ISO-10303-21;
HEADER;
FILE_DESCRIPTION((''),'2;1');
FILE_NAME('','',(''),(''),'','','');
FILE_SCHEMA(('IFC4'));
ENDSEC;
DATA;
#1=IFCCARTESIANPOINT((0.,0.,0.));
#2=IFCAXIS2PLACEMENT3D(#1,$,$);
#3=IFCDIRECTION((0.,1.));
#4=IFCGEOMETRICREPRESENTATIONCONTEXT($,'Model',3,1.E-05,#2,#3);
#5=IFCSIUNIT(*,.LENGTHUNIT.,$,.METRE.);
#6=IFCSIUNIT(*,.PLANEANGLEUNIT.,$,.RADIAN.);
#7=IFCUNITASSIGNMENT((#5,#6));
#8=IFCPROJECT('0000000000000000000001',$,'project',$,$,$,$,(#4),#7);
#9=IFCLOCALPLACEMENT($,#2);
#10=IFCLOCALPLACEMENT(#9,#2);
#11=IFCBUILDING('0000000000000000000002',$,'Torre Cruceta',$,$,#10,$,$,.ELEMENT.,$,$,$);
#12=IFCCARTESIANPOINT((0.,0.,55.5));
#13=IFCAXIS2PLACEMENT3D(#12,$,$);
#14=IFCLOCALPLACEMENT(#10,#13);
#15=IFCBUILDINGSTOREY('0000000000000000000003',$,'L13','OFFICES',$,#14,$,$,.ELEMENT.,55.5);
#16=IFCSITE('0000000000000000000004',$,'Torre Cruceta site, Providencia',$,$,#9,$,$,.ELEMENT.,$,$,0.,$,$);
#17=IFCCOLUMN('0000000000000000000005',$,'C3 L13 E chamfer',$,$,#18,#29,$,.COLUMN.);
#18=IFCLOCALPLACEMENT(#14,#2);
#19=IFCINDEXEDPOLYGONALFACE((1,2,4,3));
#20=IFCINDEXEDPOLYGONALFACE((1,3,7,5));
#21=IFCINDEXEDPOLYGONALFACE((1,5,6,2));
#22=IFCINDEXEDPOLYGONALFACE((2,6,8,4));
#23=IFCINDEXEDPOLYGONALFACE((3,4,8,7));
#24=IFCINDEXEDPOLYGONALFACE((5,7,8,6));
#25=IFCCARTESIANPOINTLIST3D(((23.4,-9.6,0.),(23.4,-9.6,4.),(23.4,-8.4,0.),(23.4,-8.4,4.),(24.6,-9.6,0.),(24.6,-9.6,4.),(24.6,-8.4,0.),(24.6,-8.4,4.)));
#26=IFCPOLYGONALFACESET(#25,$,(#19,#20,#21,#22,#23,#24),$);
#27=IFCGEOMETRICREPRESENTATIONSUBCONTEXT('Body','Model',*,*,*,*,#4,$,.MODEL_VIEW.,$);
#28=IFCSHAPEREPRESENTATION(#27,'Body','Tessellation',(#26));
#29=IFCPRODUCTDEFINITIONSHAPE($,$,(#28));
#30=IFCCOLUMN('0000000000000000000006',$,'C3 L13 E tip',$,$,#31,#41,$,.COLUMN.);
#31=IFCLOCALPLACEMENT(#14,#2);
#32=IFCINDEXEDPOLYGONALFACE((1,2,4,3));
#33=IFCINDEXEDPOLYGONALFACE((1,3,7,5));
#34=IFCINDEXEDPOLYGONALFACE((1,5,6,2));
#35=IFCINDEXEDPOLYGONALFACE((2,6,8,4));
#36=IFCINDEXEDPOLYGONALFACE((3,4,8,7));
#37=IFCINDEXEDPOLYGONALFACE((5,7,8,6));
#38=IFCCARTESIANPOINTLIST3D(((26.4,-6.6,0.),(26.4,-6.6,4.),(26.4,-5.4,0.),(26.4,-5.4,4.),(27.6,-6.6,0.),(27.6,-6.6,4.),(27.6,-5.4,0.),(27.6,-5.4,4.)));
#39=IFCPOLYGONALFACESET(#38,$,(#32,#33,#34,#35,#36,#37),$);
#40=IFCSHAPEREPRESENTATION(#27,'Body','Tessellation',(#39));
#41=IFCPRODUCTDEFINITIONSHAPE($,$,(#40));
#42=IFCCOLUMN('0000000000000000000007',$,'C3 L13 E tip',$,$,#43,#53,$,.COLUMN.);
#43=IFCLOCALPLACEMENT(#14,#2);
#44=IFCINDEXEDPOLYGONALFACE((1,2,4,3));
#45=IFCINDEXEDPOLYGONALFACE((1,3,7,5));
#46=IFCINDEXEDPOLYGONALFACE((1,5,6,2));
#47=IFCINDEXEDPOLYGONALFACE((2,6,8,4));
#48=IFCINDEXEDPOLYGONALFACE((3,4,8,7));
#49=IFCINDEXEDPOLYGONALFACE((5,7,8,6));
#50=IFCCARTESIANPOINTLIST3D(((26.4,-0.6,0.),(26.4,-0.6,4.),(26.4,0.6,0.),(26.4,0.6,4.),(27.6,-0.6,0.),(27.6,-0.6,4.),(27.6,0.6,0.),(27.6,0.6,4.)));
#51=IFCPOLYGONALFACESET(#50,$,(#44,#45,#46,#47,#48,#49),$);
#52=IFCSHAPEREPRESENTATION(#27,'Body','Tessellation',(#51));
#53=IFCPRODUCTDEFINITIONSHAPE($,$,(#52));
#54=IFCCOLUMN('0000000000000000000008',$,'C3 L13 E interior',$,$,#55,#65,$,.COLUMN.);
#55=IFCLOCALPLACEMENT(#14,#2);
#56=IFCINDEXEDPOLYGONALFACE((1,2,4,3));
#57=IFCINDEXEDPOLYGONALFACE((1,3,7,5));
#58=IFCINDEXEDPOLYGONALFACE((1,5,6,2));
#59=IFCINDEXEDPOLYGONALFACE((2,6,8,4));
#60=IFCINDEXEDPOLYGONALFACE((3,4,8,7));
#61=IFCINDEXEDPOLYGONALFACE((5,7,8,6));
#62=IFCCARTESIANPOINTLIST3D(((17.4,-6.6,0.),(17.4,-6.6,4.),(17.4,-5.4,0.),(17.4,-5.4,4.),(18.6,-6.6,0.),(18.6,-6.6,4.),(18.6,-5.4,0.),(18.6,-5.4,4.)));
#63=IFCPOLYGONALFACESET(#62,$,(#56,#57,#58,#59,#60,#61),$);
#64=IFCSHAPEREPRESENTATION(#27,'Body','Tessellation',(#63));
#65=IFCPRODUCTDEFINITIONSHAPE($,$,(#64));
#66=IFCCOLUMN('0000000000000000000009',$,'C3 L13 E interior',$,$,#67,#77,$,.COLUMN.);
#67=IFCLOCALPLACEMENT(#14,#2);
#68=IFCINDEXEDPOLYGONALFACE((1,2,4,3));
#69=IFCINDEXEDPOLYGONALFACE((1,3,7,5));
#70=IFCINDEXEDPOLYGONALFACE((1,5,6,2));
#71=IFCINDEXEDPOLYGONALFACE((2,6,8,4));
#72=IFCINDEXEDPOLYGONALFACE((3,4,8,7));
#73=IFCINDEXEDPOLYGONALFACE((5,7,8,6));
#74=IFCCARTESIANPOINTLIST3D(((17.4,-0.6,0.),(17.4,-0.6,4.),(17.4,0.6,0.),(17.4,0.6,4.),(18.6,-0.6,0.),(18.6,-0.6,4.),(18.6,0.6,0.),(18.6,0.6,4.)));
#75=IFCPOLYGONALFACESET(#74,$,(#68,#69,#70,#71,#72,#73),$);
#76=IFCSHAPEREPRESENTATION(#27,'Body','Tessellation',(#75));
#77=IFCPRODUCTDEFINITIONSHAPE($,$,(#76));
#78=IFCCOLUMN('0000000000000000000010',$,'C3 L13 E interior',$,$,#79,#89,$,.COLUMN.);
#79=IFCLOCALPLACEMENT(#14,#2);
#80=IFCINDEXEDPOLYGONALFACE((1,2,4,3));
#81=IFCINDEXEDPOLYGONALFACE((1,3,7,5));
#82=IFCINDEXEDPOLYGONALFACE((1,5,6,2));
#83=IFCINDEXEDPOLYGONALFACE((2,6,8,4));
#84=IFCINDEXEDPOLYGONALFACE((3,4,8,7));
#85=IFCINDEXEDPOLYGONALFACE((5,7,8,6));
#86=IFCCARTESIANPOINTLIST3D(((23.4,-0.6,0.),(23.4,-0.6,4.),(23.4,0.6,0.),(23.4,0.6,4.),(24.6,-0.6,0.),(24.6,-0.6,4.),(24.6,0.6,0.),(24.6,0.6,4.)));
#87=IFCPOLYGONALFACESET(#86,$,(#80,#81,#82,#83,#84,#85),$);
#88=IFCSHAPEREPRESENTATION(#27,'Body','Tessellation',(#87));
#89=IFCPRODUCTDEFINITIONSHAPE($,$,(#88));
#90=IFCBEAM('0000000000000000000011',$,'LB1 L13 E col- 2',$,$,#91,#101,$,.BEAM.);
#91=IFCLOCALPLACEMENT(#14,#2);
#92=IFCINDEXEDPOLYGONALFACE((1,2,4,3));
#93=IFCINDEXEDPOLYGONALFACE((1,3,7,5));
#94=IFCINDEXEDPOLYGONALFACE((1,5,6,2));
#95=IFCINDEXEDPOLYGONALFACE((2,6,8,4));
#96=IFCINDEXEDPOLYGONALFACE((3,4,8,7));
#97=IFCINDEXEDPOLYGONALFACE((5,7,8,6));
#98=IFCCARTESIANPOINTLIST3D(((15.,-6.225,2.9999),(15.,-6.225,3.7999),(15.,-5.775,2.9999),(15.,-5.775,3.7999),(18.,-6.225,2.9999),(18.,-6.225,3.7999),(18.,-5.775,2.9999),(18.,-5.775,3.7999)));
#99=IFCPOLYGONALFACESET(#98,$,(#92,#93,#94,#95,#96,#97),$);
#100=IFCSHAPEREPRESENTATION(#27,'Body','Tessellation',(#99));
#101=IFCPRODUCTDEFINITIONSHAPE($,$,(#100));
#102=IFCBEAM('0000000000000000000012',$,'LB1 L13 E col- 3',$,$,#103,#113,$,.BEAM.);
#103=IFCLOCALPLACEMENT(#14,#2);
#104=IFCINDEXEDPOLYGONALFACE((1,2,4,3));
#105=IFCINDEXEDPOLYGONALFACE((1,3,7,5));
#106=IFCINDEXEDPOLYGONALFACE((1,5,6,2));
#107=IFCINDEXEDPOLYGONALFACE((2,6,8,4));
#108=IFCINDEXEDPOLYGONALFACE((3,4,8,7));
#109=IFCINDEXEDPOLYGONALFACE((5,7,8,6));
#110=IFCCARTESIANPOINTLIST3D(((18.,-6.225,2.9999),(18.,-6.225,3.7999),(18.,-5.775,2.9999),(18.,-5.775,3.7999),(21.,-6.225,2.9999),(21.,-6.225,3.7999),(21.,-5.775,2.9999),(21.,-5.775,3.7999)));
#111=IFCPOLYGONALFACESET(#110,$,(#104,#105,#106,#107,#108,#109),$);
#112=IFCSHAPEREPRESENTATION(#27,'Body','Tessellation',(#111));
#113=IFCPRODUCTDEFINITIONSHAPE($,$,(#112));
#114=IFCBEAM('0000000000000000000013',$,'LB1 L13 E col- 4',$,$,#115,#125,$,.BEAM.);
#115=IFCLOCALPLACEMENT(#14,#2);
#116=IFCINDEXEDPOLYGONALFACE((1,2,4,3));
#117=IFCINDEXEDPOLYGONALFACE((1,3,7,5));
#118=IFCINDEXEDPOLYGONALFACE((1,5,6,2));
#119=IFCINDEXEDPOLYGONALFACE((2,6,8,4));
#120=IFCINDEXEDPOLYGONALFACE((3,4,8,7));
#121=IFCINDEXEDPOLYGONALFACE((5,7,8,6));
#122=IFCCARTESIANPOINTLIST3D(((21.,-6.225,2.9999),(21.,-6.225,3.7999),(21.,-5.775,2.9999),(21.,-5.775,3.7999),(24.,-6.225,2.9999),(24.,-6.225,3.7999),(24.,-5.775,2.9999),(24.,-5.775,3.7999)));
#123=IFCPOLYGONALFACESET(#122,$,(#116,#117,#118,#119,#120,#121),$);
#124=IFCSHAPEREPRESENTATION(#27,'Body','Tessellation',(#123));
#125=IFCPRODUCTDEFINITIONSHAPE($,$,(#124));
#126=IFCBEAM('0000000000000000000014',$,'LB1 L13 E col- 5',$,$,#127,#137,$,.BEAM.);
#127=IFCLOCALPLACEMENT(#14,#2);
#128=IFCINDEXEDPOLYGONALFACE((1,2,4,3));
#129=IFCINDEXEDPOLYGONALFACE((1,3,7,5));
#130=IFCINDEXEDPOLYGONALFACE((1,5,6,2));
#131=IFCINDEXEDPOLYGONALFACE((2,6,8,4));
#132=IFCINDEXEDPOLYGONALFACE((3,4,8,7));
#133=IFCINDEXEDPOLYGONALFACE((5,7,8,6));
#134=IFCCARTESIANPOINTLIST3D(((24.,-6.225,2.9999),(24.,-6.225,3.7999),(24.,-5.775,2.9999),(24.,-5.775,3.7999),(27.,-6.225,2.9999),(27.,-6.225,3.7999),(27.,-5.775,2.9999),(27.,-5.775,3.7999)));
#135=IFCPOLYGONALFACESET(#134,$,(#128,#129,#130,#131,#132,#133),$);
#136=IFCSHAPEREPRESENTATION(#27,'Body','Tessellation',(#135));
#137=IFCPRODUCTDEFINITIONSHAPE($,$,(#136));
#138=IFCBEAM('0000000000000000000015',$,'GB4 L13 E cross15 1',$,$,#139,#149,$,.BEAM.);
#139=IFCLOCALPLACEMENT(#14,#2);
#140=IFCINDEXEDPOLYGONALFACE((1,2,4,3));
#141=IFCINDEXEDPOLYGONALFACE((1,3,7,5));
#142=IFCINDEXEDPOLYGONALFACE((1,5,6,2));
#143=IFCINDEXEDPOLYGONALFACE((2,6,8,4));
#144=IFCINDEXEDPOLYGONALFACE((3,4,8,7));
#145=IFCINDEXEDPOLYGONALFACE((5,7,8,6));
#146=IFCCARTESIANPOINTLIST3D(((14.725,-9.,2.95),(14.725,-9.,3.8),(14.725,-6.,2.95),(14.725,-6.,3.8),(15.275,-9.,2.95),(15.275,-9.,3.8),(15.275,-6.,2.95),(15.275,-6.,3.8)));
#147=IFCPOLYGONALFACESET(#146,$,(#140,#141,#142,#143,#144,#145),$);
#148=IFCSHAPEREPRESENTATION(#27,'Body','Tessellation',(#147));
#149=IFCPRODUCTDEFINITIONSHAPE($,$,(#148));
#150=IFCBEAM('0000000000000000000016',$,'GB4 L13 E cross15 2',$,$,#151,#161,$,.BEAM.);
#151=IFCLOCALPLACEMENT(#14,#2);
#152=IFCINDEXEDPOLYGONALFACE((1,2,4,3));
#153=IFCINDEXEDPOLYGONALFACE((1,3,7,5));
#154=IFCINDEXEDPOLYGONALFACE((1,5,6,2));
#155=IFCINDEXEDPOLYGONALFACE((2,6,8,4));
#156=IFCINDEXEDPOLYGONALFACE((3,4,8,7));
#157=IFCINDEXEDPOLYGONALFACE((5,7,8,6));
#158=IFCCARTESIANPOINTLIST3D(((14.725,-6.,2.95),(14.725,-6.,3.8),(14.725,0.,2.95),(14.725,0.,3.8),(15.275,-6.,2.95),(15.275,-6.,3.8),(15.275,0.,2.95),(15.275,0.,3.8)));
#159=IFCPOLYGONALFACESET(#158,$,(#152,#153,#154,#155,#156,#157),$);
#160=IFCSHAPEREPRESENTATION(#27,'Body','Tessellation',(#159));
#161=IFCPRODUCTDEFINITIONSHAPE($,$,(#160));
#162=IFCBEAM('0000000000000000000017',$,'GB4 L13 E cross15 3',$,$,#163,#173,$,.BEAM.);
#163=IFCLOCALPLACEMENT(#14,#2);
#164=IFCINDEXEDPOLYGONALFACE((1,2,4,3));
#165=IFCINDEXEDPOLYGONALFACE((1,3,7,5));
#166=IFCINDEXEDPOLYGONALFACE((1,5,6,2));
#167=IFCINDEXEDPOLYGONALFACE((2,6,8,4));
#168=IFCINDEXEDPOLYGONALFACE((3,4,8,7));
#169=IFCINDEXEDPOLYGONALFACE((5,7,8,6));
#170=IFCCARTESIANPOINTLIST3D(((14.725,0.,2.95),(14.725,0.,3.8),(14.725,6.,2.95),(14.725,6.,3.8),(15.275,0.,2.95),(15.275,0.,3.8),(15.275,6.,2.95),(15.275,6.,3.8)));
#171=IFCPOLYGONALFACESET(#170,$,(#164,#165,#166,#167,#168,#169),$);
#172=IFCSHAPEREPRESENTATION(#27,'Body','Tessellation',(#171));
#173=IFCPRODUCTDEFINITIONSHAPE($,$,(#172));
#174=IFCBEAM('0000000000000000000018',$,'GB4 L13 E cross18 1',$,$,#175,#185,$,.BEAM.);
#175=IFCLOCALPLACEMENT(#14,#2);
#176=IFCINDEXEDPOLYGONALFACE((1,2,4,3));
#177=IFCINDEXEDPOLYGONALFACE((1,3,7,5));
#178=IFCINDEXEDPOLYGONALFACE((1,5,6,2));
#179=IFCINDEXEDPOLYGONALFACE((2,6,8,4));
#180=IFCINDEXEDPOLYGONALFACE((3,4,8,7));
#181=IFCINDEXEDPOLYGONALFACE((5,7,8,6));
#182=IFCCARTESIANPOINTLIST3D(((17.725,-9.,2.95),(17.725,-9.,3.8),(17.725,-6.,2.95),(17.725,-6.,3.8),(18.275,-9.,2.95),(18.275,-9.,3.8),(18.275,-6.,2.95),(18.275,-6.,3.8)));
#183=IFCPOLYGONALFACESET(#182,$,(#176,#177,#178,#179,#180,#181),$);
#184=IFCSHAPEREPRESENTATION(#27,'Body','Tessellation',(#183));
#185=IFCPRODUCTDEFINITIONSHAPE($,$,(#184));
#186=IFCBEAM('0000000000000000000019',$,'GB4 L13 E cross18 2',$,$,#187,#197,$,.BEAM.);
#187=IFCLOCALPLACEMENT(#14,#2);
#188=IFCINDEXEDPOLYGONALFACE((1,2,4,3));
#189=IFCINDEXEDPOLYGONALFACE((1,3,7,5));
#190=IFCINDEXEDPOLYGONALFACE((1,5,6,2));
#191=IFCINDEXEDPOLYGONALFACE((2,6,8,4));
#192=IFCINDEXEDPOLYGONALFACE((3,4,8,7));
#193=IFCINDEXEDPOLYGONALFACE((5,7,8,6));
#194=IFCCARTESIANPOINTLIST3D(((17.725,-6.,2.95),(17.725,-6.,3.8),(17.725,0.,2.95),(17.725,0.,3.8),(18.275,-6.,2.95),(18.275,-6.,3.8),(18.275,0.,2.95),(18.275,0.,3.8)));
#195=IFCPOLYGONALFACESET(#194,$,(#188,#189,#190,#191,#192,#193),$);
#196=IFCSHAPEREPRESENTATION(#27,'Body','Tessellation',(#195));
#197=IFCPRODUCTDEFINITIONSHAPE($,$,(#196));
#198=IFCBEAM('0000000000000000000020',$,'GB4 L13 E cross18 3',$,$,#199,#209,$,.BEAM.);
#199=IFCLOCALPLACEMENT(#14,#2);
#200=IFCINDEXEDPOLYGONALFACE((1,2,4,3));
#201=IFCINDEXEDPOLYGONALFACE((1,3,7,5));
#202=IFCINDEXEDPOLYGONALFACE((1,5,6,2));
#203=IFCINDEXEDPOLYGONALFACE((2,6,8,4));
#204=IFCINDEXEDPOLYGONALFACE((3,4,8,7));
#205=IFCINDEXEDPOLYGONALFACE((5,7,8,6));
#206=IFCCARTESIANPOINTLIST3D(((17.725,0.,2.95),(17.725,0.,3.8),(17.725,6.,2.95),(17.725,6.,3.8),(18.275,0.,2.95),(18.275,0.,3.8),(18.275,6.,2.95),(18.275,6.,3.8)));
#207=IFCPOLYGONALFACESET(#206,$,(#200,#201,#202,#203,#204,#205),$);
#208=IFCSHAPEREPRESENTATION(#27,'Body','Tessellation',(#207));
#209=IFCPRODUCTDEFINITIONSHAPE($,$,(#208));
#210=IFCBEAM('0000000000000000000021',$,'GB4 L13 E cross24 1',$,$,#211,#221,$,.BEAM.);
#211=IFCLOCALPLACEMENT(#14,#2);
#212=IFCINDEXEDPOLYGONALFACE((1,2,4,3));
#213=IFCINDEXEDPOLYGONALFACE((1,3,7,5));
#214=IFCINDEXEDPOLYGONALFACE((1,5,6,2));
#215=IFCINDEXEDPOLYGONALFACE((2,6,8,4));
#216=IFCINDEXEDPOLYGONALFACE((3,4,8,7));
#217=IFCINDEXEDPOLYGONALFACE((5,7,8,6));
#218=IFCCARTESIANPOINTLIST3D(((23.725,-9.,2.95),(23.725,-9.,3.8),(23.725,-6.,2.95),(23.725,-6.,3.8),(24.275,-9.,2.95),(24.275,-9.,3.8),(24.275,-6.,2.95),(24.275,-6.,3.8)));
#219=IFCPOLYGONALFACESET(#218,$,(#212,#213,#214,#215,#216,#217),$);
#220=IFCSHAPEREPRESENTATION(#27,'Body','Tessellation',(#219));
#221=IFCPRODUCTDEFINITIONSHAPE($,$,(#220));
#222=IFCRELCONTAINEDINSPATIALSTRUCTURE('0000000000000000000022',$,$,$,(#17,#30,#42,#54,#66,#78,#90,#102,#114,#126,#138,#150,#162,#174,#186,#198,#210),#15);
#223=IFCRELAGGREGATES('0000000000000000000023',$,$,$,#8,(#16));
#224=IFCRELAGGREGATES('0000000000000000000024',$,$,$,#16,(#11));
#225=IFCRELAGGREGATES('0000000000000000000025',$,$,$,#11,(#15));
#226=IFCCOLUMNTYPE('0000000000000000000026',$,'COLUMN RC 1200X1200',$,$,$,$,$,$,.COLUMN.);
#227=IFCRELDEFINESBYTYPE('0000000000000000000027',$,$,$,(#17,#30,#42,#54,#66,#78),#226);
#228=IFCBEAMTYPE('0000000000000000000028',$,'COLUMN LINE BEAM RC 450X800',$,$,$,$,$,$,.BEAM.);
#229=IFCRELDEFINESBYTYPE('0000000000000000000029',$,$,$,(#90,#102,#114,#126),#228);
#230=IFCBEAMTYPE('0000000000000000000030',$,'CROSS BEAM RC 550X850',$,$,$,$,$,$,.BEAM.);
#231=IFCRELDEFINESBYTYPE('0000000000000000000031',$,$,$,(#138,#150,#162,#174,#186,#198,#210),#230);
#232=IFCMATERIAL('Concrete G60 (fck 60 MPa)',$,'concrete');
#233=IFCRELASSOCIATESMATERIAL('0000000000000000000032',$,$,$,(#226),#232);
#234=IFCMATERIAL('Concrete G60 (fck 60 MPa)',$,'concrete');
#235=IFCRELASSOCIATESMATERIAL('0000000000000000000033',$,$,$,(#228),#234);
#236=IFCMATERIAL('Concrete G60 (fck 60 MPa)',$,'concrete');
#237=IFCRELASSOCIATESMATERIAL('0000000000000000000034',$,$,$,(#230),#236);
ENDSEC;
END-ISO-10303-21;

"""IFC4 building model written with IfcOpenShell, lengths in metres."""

from ifc_helpers import new_model, si_unit, direction, frame, origin, origin_2d, place, context, subcontext, project, spatial, rectangle, extrude, material, material_profile, profile_set, type_object, element, save


model = new_model("IFC4")

# Units and contexts
model_context = context("Model", 3, precision=1e-05, world=origin(), true_north=direction((0.0, 1.0)))
body_context = subcontext(model_context, "Body", "Model", "MODEL_VIEW")
ifc_project = project(units=[si_unit("LENGTHUNIT", "METRE"), si_unit("PLANEANGLEUNIT", "RADIAN")], contexts=[model_context])

# Site, building, storey
site_placement = place(None, origin())
site = spatial("IfcSite", under=ifc_project, at=site_placement, Name="Torre Cruceta site, Providencia", CompositionType="ELEMENT", RefElevation=0.0)
building_placement = place(site_placement, origin())
building = spatial("IfcBuilding", under=site, at=building_placement, Name="Torre Cruceta", CompositionType="ELEMENT")
storey_placement = place(building_placement, frame((0.0, 0.0, 55.5)))
storey = spatial("IfcBuildingStorey", under=building, at=storey_placement, Name="L13", Description="OFFICES", CompositionType="ELEMENT", Elevation=55.5)

# Columns
ifc_material_1 = material(Name="Concrete G60 (fck 60 MPa)", Category="concrete")
ifc_material_profile_1 = material_profile(ifc_material_1, rectangle(XDim=1.2, YDim=1.2, at=origin_2d()), Name="RC 1200X1200")
ifc_profile_set_1 = profile_set([ifc_material_profile_1], Name="Concrete G60 (fck 60 MPa)")
column_type = type_object("IfcColumnType", Name="COLUMN RC 1200X1200", PredefinedType="COLUMN", material=ifc_profile_set_1)
for number, where, z_axis, x_axis, name in (
    (1, (24.0, -9.0, 0.0), (0.0, 0.0, 1.0), (1.0, 0.0, 0.0), "C3 L13 E chamfer"),
    (2, (27.0, -6.0, 0.0), (0.0, 0.0, 1.0), (1.0, 0.0, 0.0), "C3 L13 E tip"),
    (3, (27.0, 0.0, 0.0), (0.0, 0.0, 1.0), (1.0, 0.0, 0.0), "C3 L13 E tip"),
    (4, (18.0, -6.0, 0.0), (0.0, 0.0, 1.0), (1.0, 0.0, 0.0), "C3 L13 E interior"),
    (5, (18.0, 0.0, 0.0), (0.0, 0.0, 1.0), (1.0, 0.0, 0.0), "C3 L13 E interior"),
    (6, (24.0, 0.0, 0.0), (0.0, 0.0, 1.0), (1.0, 0.0, 0.0), "C3 L13 E interior"),
):
    element("IfcColumn", number, at=place(storey_placement, frame(where, z_axis=z_axis, x_axis=x_axis)), inside=storey, type_object=column_type, Name=name, PredefinedType="COLUMN", context=body_context, shape_type="SweptSolid", body=[
        extrude(rectangle(XDim=1.2, YDim=1.2, at=origin_2d()), origin(), (0.0, 0.0, 1.0), 4.0),
    ])

# Beams
ifc_material_2 = material(Name="Concrete G60 (fck 60 MPa)", Category="concrete")
ifc_material_profile_2 = material_profile(ifc_material_2, rectangle(XDim=0.45, YDim=0.8, at=origin_2d()), Name="RC 450X800")
ifc_profile_set_2 = profile_set([ifc_material_profile_2], Name="Concrete G60 (fck 60 MPa)")
beam_type_1 = type_object("IfcBeamType", Name="COLUMN LINE BEAM RC 450X800", PredefinedType="BEAM", material=ifc_profile_set_2)
for number, where, z_axis, x_axis, name in (
    (7, (15.0, -6.0, 3.3999), (1.0, 0.0, 0.0), (0.0, 1.0, 0.0), "LB1 L13 E col- 2"),
    (8, (18.0, -6.0, 3.3999), (1.0, 0.0, 0.0), (0.0, 1.0, 0.0), "LB1 L13 E col- 3"),
    (9, (21.0, -6.0, 3.3999), (1.0, 0.0, 0.0), (0.0, 1.0, 0.0), "LB1 L13 E col- 4"),
    (10, (24.0, -6.0, 3.3999), (1.0, 0.0, 0.0), (0.0, 1.0, 0.0), "LB1 L13 E col- 5"),
):
    element("IfcBeam", number, at=place(storey_placement, frame(where, z_axis=z_axis, x_axis=x_axis)), inside=storey, type_object=beam_type_1, Name=name, PredefinedType="BEAM", context=body_context, shape_type="SweptSolid", body=[
        extrude(rectangle(XDim=0.45, YDim=0.8, at=origin_2d()), origin(), (0.0, 0.0, 1.0), 3.0),
    ])
ifc_material_3 = material(Name="Concrete G60 (fck 60 MPa)", Category="concrete")
ifc_material_profile_3 = material_profile(ifc_material_3, rectangle(XDim=0.55, YDim=0.8501, at=origin_2d()), Name="RC 550X850")
ifc_profile_set_3 = profile_set([ifc_material_profile_3], Name="Concrete G60 (fck 60 MPa)")
beam_type_2 = type_object("IfcBeamType", Name="CROSS BEAM RC 550X850", PredefinedType="BEAM", material=ifc_profile_set_3)
beam_1_placement = place(storey_placement, frame((15.0, -9.0, 3.375), z_axis=(0.0, 1.0, 0.0), x_axis=(-1.0, 0.0, 0.0)))
element("IfcBeam", 11, at=beam_1_placement, inside=storey, type_object=beam_type_2, Name="GB4 L13 E cross15 1", PredefinedType="BEAM", context=body_context, shape_type="SweptSolid", body=[
    extrude(rectangle(XDim=0.55, YDim=0.8501, at=origin_2d()), origin(), (0.0, 0.0, 1.0), 3.0),
])
for number, where, z_axis, x_axis, name in (
    (12, (15.0, -6.0, 3.375), (0.0, 1.0, 0.0), (-1.0, 0.0, 0.0), "GB4 L13 E cross15 2"),
    (13, (15.0, 0.0, 3.375), (0.0, 1.0, 0.0), (-1.0, 0.0, 0.0), "GB4 L13 E cross15 3"),
):
    element("IfcBeam", number, at=place(storey_placement, frame(where, z_axis=z_axis, x_axis=x_axis)), inside=storey, type_object=beam_type_2, Name=name, PredefinedType="BEAM", context=body_context, shape_type="SweptSolid", body=[
        extrude(rectangle(XDim=0.55, YDim=0.8501, at=origin_2d()), origin(), (0.0, 0.0, 1.0), 6.0),
    ])
beam_2_placement = place(storey_placement, frame((18.0, -9.0, 3.375), z_axis=(0.0, 1.0, 0.0), x_axis=(-1.0, 0.0, 0.0)))
element("IfcBeam", 14, at=beam_2_placement, inside=storey, type_object=beam_type_2, Name="GB4 L13 E cross18 1", PredefinedType="BEAM", context=body_context, shape_type="SweptSolid", body=[
    extrude(rectangle(XDim=0.55, YDim=0.8501, at=origin_2d()), origin(), (0.0, 0.0, 1.0), 3.0),
])
for number, where, z_axis, x_axis, name in (
    (15, (18.0, -6.0, 3.375), (0.0, 1.0, 0.0), (-1.0, 0.0, 0.0), "GB4 L13 E cross18 2"),
    (16, (18.0, 0.0, 3.375), (0.0, 1.0, 0.0), (-1.0, 0.0, 0.0), "GB4 L13 E cross18 3"),
):
    element("IfcBeam", number, at=place(storey_placement, frame(where, z_axis=z_axis, x_axis=x_axis)), inside=storey, type_object=beam_type_2, Name=name, PredefinedType="BEAM", context=body_context, shape_type="SweptSolid", body=[
        extrude(rectangle(XDim=0.55, YDim=0.8501, at=origin_2d()), origin(), (0.0, 0.0, 1.0), 6.0),
    ])
beam_3_placement = place(storey_placement, frame((24.0, -9.0, 3.375), z_axis=(0.0, 1.0, 0.0), x_axis=(-1.0, 0.0, 0.0)))
element("IfcBeam", 17, at=beam_3_placement, inside=storey, type_object=beam_type_2, Name="GB4 L13 E cross24 1", PredefinedType="BEAM", context=body_context, shape_type="SweptSolid", body=[
    extrude(rectangle(XDim=0.55, YDim=0.8501, at=origin_2d()), origin(), (0.0, 0.0, 1.0), 3.0),
])

save(model, "model.ifc")
